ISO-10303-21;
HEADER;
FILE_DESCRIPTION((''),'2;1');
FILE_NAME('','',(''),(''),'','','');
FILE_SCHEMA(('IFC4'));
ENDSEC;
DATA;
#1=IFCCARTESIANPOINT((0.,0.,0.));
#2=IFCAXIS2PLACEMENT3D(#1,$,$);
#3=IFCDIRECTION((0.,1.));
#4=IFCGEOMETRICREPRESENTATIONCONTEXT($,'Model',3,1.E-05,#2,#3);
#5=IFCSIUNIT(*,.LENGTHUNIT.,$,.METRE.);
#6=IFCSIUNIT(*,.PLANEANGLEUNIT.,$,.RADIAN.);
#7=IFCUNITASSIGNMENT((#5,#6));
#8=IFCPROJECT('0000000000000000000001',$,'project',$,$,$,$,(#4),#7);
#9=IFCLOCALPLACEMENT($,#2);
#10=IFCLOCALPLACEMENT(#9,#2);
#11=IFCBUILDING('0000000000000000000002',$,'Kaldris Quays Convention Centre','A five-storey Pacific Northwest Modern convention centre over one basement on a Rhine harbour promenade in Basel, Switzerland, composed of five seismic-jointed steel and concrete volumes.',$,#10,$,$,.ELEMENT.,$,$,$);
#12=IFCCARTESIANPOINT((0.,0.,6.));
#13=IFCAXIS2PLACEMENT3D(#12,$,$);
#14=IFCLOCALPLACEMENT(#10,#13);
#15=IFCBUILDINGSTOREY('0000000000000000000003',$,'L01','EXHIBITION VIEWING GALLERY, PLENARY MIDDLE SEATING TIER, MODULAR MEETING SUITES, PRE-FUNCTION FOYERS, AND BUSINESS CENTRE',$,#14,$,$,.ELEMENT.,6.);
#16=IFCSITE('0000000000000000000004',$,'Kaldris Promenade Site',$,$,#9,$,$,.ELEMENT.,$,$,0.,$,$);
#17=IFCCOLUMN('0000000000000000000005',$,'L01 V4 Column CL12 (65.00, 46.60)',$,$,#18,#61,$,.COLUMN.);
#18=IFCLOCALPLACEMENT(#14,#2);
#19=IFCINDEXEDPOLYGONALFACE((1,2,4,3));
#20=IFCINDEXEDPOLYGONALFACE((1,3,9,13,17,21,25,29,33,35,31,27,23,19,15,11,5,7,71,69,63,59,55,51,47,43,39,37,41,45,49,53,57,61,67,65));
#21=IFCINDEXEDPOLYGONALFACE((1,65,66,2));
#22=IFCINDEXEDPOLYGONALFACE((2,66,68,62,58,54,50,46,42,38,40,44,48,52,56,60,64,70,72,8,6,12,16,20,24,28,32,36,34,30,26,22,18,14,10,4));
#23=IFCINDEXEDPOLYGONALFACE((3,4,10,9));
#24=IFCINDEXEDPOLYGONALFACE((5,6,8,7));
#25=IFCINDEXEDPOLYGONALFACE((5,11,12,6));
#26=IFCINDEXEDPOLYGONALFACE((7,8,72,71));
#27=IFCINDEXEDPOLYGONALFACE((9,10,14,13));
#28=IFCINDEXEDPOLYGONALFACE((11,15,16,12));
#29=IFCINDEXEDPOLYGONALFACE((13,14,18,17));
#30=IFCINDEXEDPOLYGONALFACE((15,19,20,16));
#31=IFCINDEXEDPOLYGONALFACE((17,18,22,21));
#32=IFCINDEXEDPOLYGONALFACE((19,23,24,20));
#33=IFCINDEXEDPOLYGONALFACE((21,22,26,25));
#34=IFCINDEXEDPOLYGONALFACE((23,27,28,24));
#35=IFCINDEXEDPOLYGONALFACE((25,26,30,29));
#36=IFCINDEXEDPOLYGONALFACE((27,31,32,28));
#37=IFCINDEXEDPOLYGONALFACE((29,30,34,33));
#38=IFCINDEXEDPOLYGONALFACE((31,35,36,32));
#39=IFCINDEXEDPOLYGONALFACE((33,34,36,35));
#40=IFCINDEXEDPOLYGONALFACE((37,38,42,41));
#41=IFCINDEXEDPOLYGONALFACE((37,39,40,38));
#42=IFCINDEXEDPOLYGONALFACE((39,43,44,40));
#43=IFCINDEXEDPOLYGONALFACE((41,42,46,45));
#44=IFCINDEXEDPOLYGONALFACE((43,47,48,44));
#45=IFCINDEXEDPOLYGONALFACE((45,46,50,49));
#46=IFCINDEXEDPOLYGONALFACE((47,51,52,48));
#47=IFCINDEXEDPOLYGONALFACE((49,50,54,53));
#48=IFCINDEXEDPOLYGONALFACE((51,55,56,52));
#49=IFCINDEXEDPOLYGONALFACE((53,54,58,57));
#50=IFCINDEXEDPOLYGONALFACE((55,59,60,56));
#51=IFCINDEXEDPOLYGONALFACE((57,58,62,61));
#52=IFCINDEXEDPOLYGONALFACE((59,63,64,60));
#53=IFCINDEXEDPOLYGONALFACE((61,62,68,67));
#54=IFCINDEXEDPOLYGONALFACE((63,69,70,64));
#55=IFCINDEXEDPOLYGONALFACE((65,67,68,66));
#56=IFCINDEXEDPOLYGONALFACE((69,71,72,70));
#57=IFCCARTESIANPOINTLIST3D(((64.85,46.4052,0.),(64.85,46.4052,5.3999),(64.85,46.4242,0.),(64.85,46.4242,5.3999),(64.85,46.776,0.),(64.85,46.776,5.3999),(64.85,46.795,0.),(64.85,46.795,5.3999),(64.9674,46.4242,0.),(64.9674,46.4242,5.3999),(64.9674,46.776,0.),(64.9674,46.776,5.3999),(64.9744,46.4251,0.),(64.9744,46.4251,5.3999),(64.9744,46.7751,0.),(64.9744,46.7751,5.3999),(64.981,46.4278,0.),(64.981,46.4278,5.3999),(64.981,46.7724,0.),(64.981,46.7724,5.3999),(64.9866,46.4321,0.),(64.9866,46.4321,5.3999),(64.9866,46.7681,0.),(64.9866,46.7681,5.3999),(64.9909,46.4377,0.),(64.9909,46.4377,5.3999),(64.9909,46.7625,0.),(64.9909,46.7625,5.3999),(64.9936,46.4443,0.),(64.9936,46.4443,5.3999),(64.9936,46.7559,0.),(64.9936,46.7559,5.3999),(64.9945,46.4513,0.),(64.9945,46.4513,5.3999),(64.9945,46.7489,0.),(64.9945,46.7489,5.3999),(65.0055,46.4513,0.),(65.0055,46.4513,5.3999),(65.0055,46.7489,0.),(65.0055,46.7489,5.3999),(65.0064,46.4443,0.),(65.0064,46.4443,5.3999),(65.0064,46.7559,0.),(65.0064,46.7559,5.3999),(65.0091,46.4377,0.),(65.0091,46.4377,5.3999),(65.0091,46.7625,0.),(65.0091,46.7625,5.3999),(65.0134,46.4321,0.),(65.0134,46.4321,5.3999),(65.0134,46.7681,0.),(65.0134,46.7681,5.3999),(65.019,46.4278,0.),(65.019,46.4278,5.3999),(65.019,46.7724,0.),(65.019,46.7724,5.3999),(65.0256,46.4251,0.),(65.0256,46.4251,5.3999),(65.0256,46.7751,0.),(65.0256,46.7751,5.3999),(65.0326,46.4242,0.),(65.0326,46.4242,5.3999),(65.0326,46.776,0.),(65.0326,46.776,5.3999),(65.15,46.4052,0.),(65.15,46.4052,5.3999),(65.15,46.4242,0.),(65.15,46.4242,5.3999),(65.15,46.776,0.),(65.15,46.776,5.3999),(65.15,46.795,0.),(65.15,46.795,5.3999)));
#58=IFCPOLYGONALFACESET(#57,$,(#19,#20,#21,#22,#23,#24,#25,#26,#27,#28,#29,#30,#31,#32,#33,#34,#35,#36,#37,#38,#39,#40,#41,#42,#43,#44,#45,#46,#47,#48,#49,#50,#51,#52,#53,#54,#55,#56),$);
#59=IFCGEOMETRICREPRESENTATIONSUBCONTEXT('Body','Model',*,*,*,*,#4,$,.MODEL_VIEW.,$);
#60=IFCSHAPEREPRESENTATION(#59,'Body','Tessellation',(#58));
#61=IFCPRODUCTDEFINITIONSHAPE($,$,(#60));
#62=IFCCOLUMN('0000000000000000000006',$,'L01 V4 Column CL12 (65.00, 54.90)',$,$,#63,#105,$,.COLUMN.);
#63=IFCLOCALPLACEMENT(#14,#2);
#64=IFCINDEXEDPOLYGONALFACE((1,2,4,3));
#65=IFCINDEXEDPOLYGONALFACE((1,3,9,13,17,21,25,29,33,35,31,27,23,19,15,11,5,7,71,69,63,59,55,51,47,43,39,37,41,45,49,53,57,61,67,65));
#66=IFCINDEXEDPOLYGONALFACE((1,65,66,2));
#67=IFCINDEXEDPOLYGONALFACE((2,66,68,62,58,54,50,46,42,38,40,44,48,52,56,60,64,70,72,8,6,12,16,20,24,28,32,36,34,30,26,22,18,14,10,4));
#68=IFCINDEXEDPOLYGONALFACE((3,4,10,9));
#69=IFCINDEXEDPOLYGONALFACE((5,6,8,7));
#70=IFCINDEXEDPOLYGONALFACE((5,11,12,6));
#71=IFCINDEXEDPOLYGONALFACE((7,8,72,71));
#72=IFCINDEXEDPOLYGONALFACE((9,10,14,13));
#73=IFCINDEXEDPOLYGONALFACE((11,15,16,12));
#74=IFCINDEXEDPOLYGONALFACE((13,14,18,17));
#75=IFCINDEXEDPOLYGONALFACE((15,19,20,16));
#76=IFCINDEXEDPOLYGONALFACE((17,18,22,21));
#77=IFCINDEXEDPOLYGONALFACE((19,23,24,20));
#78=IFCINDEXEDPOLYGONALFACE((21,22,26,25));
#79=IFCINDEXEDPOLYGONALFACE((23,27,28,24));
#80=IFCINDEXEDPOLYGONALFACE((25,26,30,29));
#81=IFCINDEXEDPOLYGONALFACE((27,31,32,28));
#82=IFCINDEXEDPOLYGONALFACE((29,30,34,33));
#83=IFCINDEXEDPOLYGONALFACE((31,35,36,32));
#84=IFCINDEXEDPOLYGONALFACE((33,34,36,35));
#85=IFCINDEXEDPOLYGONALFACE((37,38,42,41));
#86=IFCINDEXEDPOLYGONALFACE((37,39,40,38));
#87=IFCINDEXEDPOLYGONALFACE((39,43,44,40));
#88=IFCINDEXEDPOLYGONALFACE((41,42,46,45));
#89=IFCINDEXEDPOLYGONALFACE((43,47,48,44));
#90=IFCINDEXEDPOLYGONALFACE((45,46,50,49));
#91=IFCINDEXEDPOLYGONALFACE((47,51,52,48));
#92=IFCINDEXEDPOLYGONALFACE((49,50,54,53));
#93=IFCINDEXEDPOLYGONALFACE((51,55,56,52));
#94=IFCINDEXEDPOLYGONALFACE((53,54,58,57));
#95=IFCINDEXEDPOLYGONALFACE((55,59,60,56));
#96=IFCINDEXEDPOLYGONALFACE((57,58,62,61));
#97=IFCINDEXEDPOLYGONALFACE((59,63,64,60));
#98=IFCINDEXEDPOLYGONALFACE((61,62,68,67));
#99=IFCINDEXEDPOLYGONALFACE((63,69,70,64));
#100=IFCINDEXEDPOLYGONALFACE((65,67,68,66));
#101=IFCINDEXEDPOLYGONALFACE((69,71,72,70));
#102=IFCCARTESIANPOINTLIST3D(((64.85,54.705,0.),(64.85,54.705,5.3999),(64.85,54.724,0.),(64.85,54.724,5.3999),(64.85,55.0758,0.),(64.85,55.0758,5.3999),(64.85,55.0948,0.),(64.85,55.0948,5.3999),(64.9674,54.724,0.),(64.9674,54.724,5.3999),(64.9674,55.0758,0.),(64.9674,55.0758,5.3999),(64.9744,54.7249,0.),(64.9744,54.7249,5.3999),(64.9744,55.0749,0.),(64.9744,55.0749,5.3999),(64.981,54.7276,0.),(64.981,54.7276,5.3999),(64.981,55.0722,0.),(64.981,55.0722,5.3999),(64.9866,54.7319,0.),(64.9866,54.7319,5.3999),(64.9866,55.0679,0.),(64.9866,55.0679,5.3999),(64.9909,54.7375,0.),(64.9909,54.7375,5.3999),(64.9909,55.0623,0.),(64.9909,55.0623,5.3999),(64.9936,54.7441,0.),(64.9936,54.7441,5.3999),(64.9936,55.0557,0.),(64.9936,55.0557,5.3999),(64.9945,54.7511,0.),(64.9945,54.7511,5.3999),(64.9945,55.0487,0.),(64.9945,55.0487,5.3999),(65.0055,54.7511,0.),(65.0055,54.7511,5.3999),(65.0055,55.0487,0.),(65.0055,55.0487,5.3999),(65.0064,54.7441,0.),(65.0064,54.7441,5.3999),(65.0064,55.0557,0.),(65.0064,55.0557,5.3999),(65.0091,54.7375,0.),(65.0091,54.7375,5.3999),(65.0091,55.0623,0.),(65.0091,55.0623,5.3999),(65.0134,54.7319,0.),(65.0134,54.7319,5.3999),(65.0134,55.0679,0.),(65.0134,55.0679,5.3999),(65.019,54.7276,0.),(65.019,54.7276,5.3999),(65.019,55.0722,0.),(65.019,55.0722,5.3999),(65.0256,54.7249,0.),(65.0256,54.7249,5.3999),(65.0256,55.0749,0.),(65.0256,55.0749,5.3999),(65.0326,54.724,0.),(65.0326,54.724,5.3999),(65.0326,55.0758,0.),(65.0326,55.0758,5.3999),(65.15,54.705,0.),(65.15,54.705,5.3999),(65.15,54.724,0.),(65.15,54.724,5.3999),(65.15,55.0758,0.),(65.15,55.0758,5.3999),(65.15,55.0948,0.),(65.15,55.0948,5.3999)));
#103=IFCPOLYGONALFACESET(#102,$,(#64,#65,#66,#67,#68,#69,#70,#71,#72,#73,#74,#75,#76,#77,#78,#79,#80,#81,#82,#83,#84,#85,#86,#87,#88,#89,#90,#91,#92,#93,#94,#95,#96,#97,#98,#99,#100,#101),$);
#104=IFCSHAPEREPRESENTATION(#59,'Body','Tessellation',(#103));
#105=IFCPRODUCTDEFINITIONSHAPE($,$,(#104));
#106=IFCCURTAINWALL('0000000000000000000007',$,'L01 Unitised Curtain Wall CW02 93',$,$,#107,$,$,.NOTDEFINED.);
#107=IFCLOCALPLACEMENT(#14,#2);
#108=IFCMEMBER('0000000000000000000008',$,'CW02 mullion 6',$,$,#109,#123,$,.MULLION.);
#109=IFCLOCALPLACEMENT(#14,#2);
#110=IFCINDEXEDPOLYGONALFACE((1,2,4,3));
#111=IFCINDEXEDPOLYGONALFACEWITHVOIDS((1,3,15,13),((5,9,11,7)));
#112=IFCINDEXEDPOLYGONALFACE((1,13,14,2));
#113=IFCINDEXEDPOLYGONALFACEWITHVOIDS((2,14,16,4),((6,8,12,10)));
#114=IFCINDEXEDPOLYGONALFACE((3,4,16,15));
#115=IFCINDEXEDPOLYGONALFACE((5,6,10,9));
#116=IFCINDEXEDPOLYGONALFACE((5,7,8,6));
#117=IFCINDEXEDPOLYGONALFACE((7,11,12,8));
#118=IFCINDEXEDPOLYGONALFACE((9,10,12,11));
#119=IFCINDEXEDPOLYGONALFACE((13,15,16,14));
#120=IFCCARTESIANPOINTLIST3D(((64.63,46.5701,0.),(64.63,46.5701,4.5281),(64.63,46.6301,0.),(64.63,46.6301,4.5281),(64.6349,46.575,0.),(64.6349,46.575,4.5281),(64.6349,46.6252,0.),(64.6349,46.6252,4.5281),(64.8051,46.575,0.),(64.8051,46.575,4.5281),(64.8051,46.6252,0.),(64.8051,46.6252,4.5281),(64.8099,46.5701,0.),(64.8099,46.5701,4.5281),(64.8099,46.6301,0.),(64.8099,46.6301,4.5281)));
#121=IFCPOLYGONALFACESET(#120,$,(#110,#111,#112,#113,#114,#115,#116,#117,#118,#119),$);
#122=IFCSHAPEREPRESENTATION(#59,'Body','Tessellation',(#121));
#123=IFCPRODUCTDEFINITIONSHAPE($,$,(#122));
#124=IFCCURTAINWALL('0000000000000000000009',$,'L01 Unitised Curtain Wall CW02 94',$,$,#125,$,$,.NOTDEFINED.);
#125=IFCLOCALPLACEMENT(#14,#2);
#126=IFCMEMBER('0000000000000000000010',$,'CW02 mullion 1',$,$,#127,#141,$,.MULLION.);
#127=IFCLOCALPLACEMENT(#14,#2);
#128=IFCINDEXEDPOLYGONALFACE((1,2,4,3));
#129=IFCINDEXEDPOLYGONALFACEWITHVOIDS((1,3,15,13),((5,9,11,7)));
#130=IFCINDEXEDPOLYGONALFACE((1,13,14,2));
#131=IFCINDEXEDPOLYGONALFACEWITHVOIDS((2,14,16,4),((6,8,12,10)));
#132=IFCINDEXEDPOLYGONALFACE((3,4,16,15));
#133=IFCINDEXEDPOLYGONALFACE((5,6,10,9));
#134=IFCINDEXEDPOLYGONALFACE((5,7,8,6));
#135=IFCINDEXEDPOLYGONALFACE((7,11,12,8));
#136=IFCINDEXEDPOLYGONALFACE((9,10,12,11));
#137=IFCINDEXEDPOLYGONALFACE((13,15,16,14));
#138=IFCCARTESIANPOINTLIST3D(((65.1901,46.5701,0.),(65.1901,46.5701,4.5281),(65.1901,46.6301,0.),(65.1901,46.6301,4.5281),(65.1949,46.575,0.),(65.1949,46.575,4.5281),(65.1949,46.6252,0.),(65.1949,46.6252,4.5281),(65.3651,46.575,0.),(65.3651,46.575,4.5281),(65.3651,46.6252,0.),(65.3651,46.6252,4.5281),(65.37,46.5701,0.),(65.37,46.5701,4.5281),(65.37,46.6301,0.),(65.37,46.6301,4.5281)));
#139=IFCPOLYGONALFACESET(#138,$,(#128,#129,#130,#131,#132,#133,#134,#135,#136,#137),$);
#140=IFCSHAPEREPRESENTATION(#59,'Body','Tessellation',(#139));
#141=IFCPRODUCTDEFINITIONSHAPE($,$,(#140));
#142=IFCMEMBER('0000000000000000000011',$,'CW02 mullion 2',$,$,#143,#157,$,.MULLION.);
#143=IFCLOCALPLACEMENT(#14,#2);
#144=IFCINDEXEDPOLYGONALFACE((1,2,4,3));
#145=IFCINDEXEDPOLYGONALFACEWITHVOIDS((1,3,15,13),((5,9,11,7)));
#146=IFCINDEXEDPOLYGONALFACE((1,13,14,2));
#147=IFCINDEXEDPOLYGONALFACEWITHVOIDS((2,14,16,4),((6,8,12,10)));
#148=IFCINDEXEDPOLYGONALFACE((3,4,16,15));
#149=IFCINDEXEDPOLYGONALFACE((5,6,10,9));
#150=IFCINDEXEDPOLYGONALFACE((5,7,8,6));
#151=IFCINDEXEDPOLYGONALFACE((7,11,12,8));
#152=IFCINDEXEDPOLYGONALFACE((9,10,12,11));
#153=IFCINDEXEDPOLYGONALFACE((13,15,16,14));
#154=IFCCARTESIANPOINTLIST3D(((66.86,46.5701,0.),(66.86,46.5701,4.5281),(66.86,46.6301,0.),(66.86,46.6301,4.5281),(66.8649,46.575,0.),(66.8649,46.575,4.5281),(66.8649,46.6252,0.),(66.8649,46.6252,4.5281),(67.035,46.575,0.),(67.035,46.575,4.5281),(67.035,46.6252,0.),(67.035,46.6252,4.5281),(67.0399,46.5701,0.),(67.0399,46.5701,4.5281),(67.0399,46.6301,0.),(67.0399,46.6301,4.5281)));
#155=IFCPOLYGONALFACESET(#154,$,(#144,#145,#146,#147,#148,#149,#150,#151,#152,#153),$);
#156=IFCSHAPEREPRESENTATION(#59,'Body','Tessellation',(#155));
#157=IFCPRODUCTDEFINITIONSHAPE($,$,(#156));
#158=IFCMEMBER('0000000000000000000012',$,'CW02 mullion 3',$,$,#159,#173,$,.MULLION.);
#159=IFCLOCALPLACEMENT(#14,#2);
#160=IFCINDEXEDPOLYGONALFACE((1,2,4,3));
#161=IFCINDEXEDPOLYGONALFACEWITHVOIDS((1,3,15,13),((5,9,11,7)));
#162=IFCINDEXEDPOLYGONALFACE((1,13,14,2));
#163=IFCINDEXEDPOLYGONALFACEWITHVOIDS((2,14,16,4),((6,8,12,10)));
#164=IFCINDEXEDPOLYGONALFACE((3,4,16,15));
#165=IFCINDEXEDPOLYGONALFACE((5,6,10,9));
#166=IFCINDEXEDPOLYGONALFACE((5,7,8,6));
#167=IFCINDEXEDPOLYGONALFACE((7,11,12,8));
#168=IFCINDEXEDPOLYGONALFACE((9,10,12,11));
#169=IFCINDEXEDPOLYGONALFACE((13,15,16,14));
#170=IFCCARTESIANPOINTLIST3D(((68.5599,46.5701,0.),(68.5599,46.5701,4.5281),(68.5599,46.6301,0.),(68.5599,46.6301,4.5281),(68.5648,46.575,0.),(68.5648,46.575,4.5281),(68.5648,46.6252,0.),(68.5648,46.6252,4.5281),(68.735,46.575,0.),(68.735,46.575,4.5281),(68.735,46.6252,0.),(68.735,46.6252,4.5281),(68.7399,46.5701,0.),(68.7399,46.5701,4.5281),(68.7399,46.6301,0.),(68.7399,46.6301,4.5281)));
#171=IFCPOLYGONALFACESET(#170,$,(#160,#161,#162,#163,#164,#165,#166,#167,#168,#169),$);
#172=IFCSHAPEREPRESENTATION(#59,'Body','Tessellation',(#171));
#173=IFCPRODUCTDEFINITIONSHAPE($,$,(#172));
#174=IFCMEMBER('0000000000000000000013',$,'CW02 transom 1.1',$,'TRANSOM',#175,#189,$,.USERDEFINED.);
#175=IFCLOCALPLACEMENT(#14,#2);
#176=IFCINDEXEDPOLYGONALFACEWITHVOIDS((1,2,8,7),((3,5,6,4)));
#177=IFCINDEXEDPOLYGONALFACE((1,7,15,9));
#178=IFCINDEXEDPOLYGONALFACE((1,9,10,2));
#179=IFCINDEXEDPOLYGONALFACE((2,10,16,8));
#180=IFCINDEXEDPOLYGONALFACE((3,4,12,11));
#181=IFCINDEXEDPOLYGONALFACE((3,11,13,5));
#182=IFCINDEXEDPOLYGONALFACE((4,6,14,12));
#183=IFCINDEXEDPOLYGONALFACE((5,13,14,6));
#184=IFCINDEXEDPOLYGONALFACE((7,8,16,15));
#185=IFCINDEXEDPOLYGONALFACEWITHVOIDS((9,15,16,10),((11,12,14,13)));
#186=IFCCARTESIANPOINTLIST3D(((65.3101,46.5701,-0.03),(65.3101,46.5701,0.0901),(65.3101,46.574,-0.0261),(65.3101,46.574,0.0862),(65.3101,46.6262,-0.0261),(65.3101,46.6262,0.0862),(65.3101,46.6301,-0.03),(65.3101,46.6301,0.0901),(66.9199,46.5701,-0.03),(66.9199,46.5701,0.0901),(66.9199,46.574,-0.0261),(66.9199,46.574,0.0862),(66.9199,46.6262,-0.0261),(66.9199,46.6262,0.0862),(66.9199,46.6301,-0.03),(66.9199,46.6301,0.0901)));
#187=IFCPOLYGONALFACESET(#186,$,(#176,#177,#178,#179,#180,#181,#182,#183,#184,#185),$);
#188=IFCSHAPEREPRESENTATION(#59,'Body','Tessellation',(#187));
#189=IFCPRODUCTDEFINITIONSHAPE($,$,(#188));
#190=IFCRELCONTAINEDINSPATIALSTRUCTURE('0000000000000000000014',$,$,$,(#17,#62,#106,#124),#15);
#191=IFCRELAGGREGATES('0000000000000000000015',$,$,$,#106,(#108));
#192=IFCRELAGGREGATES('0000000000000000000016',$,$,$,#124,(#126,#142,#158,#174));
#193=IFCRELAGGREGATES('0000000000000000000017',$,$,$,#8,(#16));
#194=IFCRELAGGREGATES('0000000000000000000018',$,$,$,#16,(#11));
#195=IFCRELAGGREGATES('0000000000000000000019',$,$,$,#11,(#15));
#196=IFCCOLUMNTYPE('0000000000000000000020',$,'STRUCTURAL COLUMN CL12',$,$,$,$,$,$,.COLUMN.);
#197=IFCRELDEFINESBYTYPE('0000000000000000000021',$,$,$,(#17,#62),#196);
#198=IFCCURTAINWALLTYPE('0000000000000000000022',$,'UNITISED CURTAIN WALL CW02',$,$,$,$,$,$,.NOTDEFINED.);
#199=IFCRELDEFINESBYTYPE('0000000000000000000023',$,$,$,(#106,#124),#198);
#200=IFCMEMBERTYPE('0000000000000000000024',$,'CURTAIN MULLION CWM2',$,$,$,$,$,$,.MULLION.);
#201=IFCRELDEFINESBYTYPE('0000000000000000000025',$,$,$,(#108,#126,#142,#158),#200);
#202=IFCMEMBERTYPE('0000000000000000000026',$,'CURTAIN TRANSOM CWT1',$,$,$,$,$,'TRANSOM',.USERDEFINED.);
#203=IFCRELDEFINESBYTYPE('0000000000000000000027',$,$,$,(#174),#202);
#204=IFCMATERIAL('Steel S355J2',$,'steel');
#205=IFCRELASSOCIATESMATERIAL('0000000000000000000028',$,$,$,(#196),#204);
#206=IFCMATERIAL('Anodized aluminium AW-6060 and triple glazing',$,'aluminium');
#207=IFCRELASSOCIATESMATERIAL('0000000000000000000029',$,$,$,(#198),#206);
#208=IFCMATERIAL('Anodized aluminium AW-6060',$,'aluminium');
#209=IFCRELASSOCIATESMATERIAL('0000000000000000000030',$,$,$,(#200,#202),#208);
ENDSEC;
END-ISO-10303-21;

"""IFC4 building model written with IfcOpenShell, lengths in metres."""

from ifc_helpers import new_model, si_unit, direction, frame, origin, origin_2d, place, context, subcontext, project, spatial, hollow_rectangle, i_section, extrude, material, material_profile, profile_set, type_object, element, aggregate, save


model = new_model("IFC4")

# Units and contexts
model_context = context("Model", 3, precision=1e-05, world=origin(), true_north=direction((0.0, 1.0)))
body_context = subcontext(model_context, "Body", "Model", "MODEL_VIEW")
ifc_project = project(units=[si_unit("LENGTHUNIT", "METRE"), si_unit("PLANEANGLEUNIT", "RADIAN")], contexts=[model_context])

# Site, building, storey
site_placement = place(None, origin())
site = spatial("IfcSite", under=ifc_project, at=site_placement, Name="Kaldris Promenade Site", CompositionType="ELEMENT", RefElevation=0.0)
building_placement = place(site_placement, origin())
building = spatial("IfcBuilding", under=site, at=building_placement, Name="Kaldris Quays Convention Centre", Description="A five-storey Pacific Northwest Modern convention centre over one basement on a Rhine harbour promenade in Basel, Switzerland, composed of five seismic-jointed steel and concrete volumes.", CompositionType="ELEMENT")
storey_placement = place(building_placement, frame((0.0, 0.0, 6.0)))
storey = spatial("IfcBuildingStorey", under=building, at=storey_placement, Name="L01", Description="EXHIBITION VIEWING GALLERY, PLENARY MIDDLE SEATING TIER, MODULAR MEETING SUITES, PRE-FUNCTION FOYERS, AND BUSINESS CENTRE", CompositionType="ELEMENT", Elevation=6.0)

# Columns
ifc_material_1 = material(Name="Steel S355J2", Category="steel")
ifc_material_profile_1 = material_profile(ifc_material_1, i_section(OverallWidth=0.3, OverallDepth=0.3899, WebThickness=0.011, FlangeThickness=0.019, FilletRadius=0.0271, at=origin_2d()), Name="HEA 400")
ifc_profile_set_1 = profile_set([ifc_material_profile_1], Name="Steel S355J2")
column_type = type_object("IfcColumnType", Name="STRUCTURAL COLUMN CL12", PredefinedType="COLUMN", material=ifc_profile_set_1)
for number, where, z_axis, x_axis, name in (
    (1, (65.0, 46.6001, 0.0), (0.0, 0.0, 1.0), (1.0, 0.0, 0.0), "L01 V4 Column CL12 (65.00, 46.60)"),
    (2, (65.0, 54.8999, 0.0), (0.0, 0.0, 1.0), (1.0, 0.0, 0.0), "L01 V4 Column CL12 (65.00, 54.90)"),
):
    element("IfcColumn", number, at=place(storey_placement, frame(where, z_axis=z_axis, x_axis=x_axis)), inside=storey, type_object=column_type, Name=name, PredefinedType="COLUMN", context=body_context, shape_type="SweptSolid", body=[
        extrude(i_section(OverallWidth=0.3, OverallDepth=0.3899, WebThickness=0.011, FlangeThickness=0.019, FilletRadius=0.0271, at=origin_2d()), origin(), (0.0, 0.0, 1.0), 5.3999),
    ])

# Curtain wall, member
ifc_material_2 = material(Name="Anodized aluminium AW-6060 and triple glazing", Category="aluminium")
curtain_wall_type = type_object("IfcCurtainWallType", Name="UNITISED CURTAIN WALL CW02", PredefinedType="NOTDEFINED", material=ifc_material_2)
curtain_wall_1_placement = place(storey_placement, origin())
curtain_wall_1 = element("IfcCurtainWall", 3, at=curtain_wall_1_placement, inside=storey, type_object=curtain_wall_type, Name="L01 Unitised Curtain Wall CW02 93", PredefinedType="NOTDEFINED")
ifc_material_3 = material(Name="Anodized aluminium AW-6060", Category="aluminium")
ifc_material_profile_2 = material_profile(ifc_material_3, hollow_rectangle(XDim=0.0601, YDim=0.1799, WallThickness=0.0049, at=origin_2d()), Name="RHS 180x60x5")
ifc_profile_set_2 = profile_set([ifc_material_profile_2], Name="Anodized aluminium AW-6060")
member_type_1 = type_object("IfcMemberType", Name="CURTAIN MULLION CWM2", PredefinedType="MULLION", material=ifc_profile_set_2)
member_1_placement = place(storey_placement, frame((64.72, 46.6001, 0.0), z_axis=(0.0, 0.0, 1.0), x_axis=(0.0, 1.0, 0.0)))
member_1 = element("IfcMember", 4, at=member_1_placement, type_object=member_type_1, Name="CW02 mullion 6", PredefinedType="MULLION", context=body_context, shape_type="SweptSolid", body=[
    extrude(hollow_rectangle(XDim=0.0601, YDim=0.1799, WallThickness=0.0049, at=origin_2d()), origin(), (0.0, 0.0, 1.0), 4.5281),
])
aggregate(curtain_wall_1, [member_1])

# Curtain wall, members
curtain_wall_2_placement = place(storey_placement, origin())
curtain_wall_2 = element("IfcCurtainWall", 5, at=curtain_wall_2_placement, inside=storey, type_object=curtain_wall_type, Name="L01 Unitised Curtain Wall CW02 94", PredefinedType="NOTDEFINED")
member_2_placement = place(storey_placement, frame((65.28, 46.6001, 0.0), z_axis=(0.0, 0.0, 1.0), x_axis=(0.0, 1.0, 0.0)))
member_2 = element("IfcMember", 6, at=member_2_placement, type_object=member_type_1, Name="CW02 mullion 1", PredefinedType="MULLION", context=body_context, shape_type="SweptSolid", body=[
    extrude(hollow_rectangle(XDim=0.0601, YDim=0.1799, WallThickness=0.0049, at=origin_2d()), origin(), (0.0, 0.0, 1.0), 4.5281),
])
member_3_placement = place(storey_placement, frame((66.95, 46.6001, 0.0), z_axis=(0.0, 0.0, 1.0), x_axis=(0.0, 1.0, 0.0)))
member_3 = element("IfcMember", 7, at=member_3_placement, type_object=member_type_1, Name="CW02 mullion 2", PredefinedType="MULLION", context=body_context, shape_type="SweptSolid", body=[
    extrude(hollow_rectangle(XDim=0.0601, YDim=0.1799, WallThickness=0.0049, at=origin_2d()), origin(), (0.0, 0.0, 1.0), 4.5281),
])
member_4_placement = place(storey_placement, frame((68.6499, 46.6001, 0.0), z_axis=(0.0, 0.0, 1.0), x_axis=(0.0, 1.0, 0.0)))
member_4 = element("IfcMember", 8, at=member_4_placement, type_object=member_type_1, Name="CW02 mullion 3", PredefinedType="MULLION", context=body_context, shape_type="SweptSolid", body=[
    extrude(hollow_rectangle(XDim=0.0601, YDim=0.1799, WallThickness=0.0049, at=origin_2d()), origin(), (0.0, 0.0, 1.0), 4.5281),
])
ifc_material_profile_3 = material_profile(ifc_material_3, hollow_rectangle(XDim=0.0601, YDim=0.1201, WallThickness=0.0039, at=origin_2d()), Name="RHS 120x60x4")
ifc_profile_set_3 = profile_set([ifc_material_profile_3], Name="Anodized aluminium AW-6060")
member_type_2 = type_object("IfcMemberType", Name="CURTAIN TRANSOM CWT1", ElementType="TRANSOM", PredefinedType="USERDEFINED", material=ifc_profile_set_3)
member_5_placement = place(storey_placement, frame((65.3101, 46.6001, 0.03), z_axis=(1.0, 0.0, 0.0), x_axis=(0.0, 1.0, 0.0)))
member_5 = element("IfcMember", 9, at=member_5_placement, type_object=member_type_2, Name="CW02 transom 1.1", ObjectType="TRANSOM", PredefinedType="USERDEFINED", context=body_context, shape_type="SweptSolid", body=[
    extrude(hollow_rectangle(XDim=0.0601, YDim=0.1201, WallThickness=0.0039, at=origin_2d()), origin(), (0.0, 0.0, 1.0), 1.6099),
])
aggregate(curtain_wall_2, [member_2, member_3, member_4, member_5])

save(model, "model.ifc")
